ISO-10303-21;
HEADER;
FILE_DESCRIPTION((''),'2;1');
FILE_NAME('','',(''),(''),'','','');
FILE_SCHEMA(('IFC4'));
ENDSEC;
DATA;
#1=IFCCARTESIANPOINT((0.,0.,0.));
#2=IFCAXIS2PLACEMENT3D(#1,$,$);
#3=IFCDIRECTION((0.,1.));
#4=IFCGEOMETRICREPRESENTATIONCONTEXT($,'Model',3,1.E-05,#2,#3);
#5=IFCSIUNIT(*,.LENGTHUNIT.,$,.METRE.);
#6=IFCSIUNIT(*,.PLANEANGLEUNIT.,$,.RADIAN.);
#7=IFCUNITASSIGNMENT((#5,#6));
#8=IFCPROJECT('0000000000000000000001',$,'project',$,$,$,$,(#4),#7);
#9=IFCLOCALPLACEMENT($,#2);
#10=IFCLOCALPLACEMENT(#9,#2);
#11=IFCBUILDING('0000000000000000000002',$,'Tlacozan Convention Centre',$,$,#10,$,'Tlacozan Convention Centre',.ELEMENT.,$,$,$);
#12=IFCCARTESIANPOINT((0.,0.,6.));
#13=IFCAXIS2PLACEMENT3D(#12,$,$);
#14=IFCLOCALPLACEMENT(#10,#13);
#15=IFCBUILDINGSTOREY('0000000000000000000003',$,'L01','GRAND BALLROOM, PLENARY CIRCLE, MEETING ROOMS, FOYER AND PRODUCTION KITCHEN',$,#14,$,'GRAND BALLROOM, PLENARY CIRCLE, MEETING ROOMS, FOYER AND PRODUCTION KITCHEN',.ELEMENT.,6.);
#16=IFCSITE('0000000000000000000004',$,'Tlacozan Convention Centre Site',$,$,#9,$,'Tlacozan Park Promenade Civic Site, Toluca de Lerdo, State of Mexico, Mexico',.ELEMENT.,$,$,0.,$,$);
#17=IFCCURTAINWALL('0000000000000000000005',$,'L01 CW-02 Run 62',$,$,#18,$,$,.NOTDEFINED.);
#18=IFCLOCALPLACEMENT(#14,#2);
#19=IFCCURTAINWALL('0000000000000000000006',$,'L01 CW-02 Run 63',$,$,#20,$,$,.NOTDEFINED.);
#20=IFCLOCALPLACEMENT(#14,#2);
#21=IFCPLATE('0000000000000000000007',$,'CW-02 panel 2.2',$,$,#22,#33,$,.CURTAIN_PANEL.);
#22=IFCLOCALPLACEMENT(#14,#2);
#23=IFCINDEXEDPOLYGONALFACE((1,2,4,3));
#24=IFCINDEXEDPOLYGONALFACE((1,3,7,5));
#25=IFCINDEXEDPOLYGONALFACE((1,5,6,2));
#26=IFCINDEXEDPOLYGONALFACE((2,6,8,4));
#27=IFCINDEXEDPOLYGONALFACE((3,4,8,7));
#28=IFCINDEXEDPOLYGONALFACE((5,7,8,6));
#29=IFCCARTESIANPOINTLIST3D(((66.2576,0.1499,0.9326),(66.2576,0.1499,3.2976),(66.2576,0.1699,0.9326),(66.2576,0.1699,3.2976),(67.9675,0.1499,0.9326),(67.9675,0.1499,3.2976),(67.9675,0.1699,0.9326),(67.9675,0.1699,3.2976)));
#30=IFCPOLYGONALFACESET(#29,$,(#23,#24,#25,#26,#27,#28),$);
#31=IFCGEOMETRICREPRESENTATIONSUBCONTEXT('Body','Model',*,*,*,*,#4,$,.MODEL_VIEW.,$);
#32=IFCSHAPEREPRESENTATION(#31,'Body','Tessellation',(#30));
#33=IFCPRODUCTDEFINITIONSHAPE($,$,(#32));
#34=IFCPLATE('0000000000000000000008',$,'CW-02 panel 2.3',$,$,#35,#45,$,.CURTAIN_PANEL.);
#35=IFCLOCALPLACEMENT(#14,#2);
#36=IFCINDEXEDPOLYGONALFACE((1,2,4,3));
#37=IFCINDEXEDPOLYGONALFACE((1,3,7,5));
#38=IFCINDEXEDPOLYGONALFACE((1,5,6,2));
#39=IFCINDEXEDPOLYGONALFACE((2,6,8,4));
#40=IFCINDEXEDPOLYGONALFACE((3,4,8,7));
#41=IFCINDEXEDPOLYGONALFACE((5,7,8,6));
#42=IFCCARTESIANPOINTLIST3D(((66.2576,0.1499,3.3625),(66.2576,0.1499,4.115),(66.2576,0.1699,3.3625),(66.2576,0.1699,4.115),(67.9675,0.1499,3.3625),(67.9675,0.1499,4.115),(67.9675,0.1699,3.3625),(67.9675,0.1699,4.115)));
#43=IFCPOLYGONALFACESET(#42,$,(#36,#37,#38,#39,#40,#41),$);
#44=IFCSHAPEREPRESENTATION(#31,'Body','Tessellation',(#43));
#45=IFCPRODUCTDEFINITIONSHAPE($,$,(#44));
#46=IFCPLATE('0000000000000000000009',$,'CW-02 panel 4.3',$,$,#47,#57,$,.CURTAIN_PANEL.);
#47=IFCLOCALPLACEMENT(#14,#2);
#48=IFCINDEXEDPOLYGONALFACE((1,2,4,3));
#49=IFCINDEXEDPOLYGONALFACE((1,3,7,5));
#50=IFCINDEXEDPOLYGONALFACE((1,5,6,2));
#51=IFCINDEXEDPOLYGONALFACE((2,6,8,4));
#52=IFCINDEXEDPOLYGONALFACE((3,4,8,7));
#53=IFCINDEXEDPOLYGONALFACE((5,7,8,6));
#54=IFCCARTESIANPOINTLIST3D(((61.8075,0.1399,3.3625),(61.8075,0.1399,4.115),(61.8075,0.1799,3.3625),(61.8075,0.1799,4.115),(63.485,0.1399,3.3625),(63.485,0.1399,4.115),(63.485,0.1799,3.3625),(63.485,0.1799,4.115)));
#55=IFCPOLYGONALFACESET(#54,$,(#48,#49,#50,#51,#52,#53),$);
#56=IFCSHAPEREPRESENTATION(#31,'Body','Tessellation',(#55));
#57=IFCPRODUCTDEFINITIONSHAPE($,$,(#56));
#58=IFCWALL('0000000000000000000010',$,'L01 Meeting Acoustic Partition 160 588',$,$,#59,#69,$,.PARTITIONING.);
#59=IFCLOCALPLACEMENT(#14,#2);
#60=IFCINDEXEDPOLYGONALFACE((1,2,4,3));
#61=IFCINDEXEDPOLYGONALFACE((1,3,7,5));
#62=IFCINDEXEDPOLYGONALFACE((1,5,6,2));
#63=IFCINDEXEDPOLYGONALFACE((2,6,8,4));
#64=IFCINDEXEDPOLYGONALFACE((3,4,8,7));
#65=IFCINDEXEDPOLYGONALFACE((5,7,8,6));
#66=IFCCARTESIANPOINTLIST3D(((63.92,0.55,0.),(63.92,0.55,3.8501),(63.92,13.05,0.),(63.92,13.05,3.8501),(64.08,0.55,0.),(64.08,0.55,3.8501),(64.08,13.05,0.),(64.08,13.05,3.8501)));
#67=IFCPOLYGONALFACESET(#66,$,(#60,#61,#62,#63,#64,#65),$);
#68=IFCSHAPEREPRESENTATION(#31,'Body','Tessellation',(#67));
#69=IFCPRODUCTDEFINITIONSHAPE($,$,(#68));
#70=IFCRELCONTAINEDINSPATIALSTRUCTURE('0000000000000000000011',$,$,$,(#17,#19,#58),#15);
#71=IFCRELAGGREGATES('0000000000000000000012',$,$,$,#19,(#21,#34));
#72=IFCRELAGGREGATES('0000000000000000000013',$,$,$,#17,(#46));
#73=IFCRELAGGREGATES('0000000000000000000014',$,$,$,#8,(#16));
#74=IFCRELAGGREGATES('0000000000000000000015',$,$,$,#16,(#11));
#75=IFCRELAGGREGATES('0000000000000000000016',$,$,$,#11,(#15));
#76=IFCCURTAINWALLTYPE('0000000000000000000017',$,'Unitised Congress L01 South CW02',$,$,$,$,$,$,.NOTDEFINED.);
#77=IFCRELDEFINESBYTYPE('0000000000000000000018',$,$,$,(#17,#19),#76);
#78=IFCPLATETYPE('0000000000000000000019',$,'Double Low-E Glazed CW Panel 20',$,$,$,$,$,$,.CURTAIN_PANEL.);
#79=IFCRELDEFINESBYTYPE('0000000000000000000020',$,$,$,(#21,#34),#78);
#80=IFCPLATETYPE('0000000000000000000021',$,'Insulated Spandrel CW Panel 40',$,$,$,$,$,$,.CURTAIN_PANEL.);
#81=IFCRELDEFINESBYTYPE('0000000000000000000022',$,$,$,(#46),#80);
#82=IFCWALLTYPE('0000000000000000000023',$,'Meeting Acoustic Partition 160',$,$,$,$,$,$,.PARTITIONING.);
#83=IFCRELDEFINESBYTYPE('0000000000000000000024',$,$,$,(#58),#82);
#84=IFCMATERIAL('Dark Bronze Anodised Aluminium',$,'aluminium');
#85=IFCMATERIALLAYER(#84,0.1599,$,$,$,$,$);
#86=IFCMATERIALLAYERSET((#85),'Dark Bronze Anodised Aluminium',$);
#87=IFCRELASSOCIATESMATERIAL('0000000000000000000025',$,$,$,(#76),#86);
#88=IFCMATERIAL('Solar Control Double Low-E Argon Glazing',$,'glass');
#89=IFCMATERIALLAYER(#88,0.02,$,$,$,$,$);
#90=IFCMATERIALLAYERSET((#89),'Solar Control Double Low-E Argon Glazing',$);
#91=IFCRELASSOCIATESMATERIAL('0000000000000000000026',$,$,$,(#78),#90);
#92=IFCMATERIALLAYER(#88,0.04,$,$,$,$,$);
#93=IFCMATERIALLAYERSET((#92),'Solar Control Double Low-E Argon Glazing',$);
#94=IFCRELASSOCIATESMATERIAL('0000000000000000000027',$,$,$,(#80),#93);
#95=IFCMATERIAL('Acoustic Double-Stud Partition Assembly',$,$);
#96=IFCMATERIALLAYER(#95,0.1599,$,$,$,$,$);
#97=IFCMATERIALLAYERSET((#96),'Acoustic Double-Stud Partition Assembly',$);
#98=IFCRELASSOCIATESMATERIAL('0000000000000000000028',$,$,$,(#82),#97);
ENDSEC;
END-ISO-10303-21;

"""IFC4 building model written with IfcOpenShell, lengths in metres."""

from ifc_helpers import new_model, si_unit, direction, frame, frame_2d, origin, origin_2d, place, context, subcontext, project, spatial, rectangle, extrude, material, layer, layer_set, type_object, element, aggregate, save


model = new_model("IFC4")

# Units and contexts
model_context = context("Model", 3, precision=1e-05, world=origin(), true_north=direction((0.0, 1.0)))
body_context = subcontext(model_context, "Body", "Model", "MODEL_VIEW")
ifc_project = project(units=[si_unit("LENGTHUNIT", "METRE"), si_unit("PLANEANGLEUNIT", "RADIAN")], contexts=[model_context])

# Site, building, storey
site_placement = place(None, origin())
site = spatial("IfcSite", under=ifc_project, at=site_placement, Name="Tlacozan Convention Centre Site", LongName="Tlacozan Park Promenade Civic Site, Toluca de Lerdo, State of Mexico, Mexico", CompositionType="ELEMENT", RefElevation=0.0)
building_placement = place(site_placement, origin())
building = spatial("IfcBuilding", under=site, at=building_placement, Name="Tlacozan Convention Centre", LongName="Tlacozan Convention Centre", CompositionType="ELEMENT")
storey_placement = place(building_placement, frame((0.0, 0.0, 6.0)))
storey = spatial("IfcBuildingStorey", under=building, at=storey_placement, Name="L01", Description="GRAND BALLROOM, PLENARY CIRCLE, MEETING ROOMS, FOYER AND PRODUCTION KITCHEN", LongName="GRAND BALLROOM, PLENARY CIRCLE, MEETING ROOMS, FOYER AND PRODUCTION KITCHEN", CompositionType="ELEMENT", Elevation=6.0)

# Curtain wall
ifc_material_1 = material(Name="Dark Bronze Anodised Aluminium", Category="aluminium")
ifc_layer_1 = layer(ifc_material_1, 0.1599)
ifc_layer_set_1 = layer_set([ifc_layer_1], Name="Dark Bronze Anodised Aluminium")
curtain_wall_type = type_object("IfcCurtainWallType", Name="Unitised Congress L01 South CW02", PredefinedType="NOTDEFINED", material=ifc_layer_set_1)
curtain_wall_1_placement = place(storey_placement, origin())
curtain_wall_1 = element("IfcCurtainWall", 1, at=curtain_wall_1_placement, inside=storey, type_object=curtain_wall_type, Name="L01 CW-02 Run 62", PredefinedType="NOTDEFINED")

# Curtain wall
curtain_wall_2_placement = place(storey_placement, origin())
curtain_wall_2 = element("IfcCurtainWall", 2, at=curtain_wall_2_placement, inside=storey, type_object=curtain_wall_type, Name="L01 CW-02 Run 63", PredefinedType="NOTDEFINED")

# Plates
ifc_material_2 = material(Name="Solar Control Double Low-E Argon Glazing", Category="glass")
ifc_layer_2 = layer(ifc_material_2, 0.02)
ifc_layer_set_2 = layer_set([ifc_layer_2], Name="Solar Control Double Low-E Argon Glazing")
plate_type_1 = type_object("IfcPlateType", Name="Double Low-E Glazed CW Panel 20", PredefinedType="CURTAIN_PANEL", material=ifc_layer_set_2)
plate_1_placement = place(storey_placement, frame((67.1125, 0.1599, 0.9326), z_axis=(0.0, 0.0, 1.0), x_axis=(1.0, 0.0, 0.0)))
plate_1 = element("IfcPlate", 3, at=plate_1_placement, type_object=plate_type_1, Name="CW-02 panel 2.2", PredefinedType="CURTAIN_PANEL", context=body_context, shape_type="SweptSolid", body=[
    extrude(rectangle(XDim=1.71, YDim=0.02, at=origin_2d()), origin(), (0.0, 0.0, 1.0), 2.365),
])
plate_2_placement = place(storey_placement, frame((67.1125, 0.1599, 3.3625), z_axis=(0.0, 0.0, 1.0), x_axis=(1.0, 0.0, 0.0)))
plate_2 = element("IfcPlate", 4, at=plate_2_placement, type_object=plate_type_1, Name="CW-02 panel 2.3", PredefinedType="CURTAIN_PANEL", context=body_context, shape_type="SweptSolid", body=[
    extrude(rectangle(XDim=1.71, YDim=0.02, at=origin_2d()), origin(), (0.0, 0.0, 1.0), 0.7524),
])
aggregate(curtain_wall_2, [plate_1, plate_2])
ifc_layer_3 = layer(ifc_material_2, 0.04)
ifc_layer_set_3 = layer_set([ifc_layer_3], Name="Solar Control Double Low-E Argon Glazing")
plate_type_2 = type_object("IfcPlateType", Name="Insulated Spandrel CW Panel 40", PredefinedType="CURTAIN_PANEL", material=ifc_layer_set_3)
plate_3_placement = place(storey_placement, frame((62.6462, 0.1599, 3.3625), z_axis=(0.0, 0.0, 1.0), x_axis=(1.0, 0.0, 0.0)))
plate_3 = element("IfcPlate", 5, at=plate_3_placement, type_object=plate_type_2, Name="CW-02 panel 4.3", PredefinedType="CURTAIN_PANEL", context=body_context, shape_type="SweptSolid", body=[
    extrude(rectangle(XDim=1.6775, YDim=0.04, at=origin_2d()), origin(), (0.0, 0.0, 1.0), 0.7524),
])
aggregate(curtain_wall_1, [plate_3])

# Wall
ifc_material_3 = material(Name="Acoustic Double-Stud Partition Assembly")
ifc_layer_4 = layer(ifc_material_3, 0.1599)
ifc_layer_set_4 = layer_set([ifc_layer_4], Name="Acoustic Double-Stud Partition Assembly")
wall_type = type_object("IfcWallType", Name="Meeting Acoustic Partition 160", PredefinedType="PARTITIONING", material=ifc_layer_set_4)
wall_placement = place(storey_placement, frame((64.0, 0.55, 0.0), z_axis=(0.0, 0.0, 1.0), x_axis=(0.0, 1.0, 0.0)))
element("IfcWall", 6, at=wall_placement, inside=storey, type_object=wall_type, Name="L01 Meeting Acoustic Partition 160 588", PredefinedType="PARTITIONING", context=body_context, shape_type="SweptSolid", body=[
    extrude(rectangle(XDim=12.5, YDim=0.1599, at=frame_2d((6.25, 0.0))), origin(), (0.0, 0.0, 1.0), 3.8501),
])

save(model, "model.ifc")
